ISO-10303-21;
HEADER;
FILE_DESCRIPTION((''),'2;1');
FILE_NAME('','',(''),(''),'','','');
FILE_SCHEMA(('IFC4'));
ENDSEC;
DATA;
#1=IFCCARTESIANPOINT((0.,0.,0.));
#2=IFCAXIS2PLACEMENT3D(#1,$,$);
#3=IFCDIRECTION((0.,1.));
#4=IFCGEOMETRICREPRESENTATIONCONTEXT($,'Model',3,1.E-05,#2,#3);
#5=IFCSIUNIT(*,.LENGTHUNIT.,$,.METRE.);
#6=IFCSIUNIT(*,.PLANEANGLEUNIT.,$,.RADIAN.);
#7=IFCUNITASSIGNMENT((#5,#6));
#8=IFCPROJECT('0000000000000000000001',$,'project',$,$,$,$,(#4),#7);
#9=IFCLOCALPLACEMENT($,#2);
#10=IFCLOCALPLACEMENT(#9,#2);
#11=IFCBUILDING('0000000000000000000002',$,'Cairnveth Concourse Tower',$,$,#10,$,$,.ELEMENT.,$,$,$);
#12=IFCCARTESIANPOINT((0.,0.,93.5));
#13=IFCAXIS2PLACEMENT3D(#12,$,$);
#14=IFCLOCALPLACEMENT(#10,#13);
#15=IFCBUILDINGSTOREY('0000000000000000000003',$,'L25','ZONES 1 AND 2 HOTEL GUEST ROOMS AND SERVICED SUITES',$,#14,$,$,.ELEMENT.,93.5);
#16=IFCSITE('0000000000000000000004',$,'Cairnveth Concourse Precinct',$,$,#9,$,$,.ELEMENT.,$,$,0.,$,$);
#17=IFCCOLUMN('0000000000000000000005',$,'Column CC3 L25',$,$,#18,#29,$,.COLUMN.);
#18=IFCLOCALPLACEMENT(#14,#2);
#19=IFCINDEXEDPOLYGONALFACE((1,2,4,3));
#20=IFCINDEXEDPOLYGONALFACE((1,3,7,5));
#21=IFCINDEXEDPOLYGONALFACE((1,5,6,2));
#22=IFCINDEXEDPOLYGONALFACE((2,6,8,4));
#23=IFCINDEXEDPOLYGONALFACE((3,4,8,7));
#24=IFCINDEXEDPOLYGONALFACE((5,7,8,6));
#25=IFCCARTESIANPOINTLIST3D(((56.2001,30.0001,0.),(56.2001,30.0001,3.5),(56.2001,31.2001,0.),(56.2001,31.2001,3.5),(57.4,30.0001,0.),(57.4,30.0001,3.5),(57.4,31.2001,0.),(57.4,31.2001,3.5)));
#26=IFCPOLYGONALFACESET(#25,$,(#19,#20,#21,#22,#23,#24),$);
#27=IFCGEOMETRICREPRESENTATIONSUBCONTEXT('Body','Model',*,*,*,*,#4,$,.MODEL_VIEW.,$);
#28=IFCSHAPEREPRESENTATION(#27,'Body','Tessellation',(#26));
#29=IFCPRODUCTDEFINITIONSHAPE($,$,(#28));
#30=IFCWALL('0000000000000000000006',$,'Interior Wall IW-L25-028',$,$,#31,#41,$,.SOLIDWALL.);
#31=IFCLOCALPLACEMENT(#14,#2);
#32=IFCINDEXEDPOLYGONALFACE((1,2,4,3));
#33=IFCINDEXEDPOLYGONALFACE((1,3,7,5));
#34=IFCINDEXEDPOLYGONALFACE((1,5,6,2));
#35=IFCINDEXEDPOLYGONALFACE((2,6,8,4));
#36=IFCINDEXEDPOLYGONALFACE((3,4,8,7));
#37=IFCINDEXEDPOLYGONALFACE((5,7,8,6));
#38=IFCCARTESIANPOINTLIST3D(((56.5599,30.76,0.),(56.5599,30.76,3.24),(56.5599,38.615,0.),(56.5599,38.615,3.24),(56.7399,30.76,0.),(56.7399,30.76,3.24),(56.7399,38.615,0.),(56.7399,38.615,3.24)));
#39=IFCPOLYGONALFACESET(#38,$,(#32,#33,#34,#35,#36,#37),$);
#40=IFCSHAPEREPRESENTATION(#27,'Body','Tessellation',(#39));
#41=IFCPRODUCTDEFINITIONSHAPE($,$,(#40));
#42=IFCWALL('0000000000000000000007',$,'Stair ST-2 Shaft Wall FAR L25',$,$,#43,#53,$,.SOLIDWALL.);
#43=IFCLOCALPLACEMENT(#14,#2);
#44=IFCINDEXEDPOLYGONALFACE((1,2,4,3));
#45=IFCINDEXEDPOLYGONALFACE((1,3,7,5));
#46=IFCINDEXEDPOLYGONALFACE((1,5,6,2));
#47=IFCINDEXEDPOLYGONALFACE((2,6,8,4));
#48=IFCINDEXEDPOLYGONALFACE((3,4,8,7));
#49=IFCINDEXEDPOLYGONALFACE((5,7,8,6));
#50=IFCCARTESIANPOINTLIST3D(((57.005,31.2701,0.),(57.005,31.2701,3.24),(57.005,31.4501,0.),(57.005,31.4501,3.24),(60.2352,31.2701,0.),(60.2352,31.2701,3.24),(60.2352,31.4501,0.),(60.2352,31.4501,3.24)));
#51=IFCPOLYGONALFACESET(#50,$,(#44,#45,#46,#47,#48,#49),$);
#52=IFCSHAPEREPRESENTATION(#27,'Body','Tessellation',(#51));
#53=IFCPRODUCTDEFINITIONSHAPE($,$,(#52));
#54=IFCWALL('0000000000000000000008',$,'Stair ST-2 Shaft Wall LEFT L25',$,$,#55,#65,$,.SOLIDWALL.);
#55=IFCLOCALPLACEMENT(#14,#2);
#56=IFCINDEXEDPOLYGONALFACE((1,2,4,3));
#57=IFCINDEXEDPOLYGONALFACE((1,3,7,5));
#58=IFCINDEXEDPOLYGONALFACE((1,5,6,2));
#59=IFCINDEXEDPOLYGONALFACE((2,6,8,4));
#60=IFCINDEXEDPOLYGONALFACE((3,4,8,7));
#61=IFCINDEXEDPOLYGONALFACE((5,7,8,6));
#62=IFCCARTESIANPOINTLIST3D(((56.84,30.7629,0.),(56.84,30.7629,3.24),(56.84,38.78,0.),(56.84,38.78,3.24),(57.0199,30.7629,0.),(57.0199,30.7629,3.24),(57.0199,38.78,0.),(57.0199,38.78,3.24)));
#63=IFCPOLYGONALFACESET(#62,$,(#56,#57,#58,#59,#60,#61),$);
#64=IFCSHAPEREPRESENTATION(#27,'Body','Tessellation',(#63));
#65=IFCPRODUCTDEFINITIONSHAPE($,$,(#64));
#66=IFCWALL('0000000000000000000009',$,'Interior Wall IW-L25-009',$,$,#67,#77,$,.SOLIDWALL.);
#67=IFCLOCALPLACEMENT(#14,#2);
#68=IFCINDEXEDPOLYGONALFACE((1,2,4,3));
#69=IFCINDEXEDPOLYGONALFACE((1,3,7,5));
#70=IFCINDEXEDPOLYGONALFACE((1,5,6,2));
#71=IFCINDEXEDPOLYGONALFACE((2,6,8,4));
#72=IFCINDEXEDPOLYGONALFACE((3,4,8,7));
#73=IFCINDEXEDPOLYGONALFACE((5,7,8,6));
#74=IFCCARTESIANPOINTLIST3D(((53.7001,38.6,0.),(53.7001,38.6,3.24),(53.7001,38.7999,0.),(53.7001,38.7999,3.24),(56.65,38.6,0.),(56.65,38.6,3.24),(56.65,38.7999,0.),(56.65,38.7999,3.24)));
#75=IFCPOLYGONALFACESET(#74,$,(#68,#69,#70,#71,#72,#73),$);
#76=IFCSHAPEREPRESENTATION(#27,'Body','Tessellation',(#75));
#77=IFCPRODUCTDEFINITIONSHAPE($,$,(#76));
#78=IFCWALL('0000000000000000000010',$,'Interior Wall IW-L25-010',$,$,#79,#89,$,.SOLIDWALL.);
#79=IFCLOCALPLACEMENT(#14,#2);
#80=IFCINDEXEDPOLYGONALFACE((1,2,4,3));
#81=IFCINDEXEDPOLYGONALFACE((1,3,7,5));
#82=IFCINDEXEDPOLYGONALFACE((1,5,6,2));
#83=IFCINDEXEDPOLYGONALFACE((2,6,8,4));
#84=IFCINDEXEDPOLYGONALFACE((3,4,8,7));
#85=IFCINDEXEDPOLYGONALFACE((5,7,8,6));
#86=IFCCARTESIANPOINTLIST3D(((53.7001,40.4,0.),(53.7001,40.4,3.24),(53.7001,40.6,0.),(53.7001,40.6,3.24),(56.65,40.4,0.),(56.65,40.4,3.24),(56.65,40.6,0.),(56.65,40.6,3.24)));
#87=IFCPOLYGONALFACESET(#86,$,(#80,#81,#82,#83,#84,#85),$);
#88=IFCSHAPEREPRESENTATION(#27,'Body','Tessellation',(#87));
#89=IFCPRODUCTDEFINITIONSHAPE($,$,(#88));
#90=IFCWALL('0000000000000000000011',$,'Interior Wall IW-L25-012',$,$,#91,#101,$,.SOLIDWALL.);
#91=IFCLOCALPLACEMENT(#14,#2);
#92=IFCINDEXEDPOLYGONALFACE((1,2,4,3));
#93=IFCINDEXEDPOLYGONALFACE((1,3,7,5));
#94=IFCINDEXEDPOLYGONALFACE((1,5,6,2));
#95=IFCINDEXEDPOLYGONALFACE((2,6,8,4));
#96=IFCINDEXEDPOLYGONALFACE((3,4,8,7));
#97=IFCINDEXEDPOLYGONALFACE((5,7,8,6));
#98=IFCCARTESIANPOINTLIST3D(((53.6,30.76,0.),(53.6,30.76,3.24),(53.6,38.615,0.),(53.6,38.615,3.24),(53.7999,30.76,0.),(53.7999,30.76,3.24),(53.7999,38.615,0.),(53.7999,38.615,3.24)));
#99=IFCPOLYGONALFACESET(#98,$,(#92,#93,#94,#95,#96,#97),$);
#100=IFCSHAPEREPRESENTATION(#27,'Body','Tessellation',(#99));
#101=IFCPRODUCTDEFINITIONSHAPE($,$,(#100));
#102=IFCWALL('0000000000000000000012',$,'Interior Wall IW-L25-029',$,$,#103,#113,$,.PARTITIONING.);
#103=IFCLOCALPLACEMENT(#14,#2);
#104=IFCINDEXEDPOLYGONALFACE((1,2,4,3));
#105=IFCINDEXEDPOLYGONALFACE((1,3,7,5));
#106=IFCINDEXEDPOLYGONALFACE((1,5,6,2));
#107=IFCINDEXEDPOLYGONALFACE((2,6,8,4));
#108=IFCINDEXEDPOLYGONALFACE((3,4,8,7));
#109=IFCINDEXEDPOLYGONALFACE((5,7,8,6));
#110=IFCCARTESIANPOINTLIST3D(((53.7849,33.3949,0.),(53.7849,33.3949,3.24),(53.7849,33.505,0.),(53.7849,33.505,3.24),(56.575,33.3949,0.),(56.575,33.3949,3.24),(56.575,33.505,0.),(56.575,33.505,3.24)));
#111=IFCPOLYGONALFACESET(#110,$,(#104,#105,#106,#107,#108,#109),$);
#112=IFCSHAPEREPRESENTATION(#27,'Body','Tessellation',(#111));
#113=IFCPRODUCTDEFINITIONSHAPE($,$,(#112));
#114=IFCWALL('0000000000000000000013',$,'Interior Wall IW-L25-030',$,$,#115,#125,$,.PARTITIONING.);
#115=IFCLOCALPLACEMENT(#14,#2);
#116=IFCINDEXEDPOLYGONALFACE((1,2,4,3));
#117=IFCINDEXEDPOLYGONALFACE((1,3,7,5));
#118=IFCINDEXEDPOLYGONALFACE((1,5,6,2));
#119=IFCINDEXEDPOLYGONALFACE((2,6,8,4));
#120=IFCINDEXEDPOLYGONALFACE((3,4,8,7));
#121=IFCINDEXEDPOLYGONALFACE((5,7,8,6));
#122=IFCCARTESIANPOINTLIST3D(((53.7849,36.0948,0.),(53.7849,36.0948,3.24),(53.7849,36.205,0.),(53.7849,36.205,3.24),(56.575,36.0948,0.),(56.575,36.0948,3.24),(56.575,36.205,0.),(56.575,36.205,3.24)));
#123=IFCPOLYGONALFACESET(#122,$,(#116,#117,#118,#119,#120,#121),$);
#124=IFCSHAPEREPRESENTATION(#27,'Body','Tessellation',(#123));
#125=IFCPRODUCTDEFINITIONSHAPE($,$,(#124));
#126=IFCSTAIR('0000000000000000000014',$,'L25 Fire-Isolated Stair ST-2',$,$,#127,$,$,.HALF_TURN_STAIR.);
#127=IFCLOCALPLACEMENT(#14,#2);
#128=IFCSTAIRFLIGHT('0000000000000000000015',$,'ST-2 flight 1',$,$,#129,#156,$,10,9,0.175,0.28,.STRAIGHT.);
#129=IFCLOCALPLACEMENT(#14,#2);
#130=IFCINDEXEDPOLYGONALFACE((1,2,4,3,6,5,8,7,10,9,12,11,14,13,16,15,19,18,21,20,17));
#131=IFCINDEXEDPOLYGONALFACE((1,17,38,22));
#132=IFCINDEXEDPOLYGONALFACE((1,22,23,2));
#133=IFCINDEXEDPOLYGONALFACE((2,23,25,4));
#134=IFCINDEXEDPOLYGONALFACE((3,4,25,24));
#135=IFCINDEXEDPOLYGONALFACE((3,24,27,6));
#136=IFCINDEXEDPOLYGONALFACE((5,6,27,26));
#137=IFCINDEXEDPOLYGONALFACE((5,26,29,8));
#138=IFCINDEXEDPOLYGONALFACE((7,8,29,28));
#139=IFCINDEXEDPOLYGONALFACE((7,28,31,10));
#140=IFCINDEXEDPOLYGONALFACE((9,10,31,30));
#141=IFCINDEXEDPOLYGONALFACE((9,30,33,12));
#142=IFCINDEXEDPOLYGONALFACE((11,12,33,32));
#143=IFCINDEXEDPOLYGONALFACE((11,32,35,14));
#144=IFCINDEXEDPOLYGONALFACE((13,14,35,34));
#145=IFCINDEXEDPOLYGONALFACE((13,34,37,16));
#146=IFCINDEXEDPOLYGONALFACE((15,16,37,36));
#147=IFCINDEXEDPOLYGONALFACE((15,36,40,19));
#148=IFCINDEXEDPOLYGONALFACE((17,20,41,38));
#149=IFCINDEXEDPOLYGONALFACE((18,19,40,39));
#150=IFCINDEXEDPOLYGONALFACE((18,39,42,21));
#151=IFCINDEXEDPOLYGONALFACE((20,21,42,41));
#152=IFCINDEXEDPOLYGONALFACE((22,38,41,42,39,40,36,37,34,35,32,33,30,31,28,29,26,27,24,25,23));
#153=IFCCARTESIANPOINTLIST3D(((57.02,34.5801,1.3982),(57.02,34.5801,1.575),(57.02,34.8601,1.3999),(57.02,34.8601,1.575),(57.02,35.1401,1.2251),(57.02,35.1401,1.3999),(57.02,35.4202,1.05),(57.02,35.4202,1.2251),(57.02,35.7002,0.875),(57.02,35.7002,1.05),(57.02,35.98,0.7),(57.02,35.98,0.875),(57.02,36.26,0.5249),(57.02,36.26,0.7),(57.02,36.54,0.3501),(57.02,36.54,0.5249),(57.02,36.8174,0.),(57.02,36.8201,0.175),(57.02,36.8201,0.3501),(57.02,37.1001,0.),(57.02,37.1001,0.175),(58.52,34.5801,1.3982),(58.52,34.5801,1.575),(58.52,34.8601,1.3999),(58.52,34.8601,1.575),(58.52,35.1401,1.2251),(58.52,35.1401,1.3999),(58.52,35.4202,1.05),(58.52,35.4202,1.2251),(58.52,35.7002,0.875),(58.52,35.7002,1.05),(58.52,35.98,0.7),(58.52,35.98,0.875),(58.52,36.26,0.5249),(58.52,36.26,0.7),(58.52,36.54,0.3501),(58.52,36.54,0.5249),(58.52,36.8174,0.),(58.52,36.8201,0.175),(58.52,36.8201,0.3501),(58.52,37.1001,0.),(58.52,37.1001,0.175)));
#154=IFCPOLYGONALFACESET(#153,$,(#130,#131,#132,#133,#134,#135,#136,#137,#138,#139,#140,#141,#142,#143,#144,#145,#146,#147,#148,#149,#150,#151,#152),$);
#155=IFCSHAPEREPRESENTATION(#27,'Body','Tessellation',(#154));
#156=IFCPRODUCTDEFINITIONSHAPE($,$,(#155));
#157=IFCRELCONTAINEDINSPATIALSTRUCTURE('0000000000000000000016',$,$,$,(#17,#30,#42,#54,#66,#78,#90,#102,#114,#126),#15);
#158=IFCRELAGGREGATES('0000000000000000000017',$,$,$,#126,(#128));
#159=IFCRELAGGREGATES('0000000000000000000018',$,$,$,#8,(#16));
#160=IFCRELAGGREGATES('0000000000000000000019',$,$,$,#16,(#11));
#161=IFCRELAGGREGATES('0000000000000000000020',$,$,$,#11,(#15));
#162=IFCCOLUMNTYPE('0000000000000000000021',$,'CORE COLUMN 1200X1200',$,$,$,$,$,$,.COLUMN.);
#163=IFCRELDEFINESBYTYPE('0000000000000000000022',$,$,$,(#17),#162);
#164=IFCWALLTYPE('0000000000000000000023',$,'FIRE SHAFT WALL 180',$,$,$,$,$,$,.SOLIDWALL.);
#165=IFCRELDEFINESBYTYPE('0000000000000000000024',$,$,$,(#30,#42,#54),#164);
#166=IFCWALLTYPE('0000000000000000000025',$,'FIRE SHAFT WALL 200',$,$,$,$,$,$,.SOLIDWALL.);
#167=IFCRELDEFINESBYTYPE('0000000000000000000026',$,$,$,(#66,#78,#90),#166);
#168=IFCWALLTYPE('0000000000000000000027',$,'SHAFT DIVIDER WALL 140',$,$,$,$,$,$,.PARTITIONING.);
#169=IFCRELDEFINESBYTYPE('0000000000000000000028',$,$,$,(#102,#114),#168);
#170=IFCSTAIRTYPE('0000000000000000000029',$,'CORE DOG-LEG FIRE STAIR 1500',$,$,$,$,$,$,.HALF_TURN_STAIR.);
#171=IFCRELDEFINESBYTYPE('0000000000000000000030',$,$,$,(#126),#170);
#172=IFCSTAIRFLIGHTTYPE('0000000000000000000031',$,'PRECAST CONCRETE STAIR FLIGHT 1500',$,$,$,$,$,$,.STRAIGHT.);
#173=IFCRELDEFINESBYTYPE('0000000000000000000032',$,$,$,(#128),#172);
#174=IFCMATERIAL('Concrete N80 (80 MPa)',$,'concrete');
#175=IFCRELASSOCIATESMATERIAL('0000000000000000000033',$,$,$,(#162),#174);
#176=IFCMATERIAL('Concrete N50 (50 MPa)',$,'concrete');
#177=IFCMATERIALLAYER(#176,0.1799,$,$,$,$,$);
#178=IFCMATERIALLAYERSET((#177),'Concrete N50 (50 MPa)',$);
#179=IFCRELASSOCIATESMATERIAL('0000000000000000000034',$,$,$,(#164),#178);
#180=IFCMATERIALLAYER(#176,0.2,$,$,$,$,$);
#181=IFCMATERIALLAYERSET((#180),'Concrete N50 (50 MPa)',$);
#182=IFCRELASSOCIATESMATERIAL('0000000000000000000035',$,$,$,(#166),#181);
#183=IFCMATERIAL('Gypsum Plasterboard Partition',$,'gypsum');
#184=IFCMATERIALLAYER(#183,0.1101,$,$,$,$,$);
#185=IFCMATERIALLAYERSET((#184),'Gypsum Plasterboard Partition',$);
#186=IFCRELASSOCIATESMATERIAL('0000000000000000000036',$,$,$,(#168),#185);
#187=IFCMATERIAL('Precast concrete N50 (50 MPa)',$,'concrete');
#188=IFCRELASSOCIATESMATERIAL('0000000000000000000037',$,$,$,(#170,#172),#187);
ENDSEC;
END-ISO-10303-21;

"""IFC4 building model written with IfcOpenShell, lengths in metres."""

from ifc_helpers import new_model, si_unit, direction, frame, frame_2d, origin, origin_2d, place, context, subcontext, project, spatial, polyline, rectangle, outline, extrude, material, layer, layer_set, material_profile, profile_set, type_object, element, aggregate, save


model = new_model("IFC4")

# Units and contexts
model_context = context("Model", 3, precision=1e-05, world=origin(), true_north=direction((0.0, 1.0)))
body_context = subcontext(model_context, "Body", "Model", "MODEL_VIEW")
ifc_project = project(units=[si_unit("LENGTHUNIT", "METRE"), si_unit("PLANEANGLEUNIT", "RADIAN")], contexts=[model_context])

# Site, building, storey
site_placement = place(None, origin())
site = spatial("IfcSite", under=ifc_project, at=site_placement, Name="Cairnveth Concourse Precinct", CompositionType="ELEMENT", RefElevation=0.0)
building_placement = place(site_placement, origin())
building = spatial("IfcBuilding", under=site, at=building_placement, Name="Cairnveth Concourse Tower", CompositionType="ELEMENT")
storey_placement = place(building_placement, frame((0.0, 0.0, 93.5)))
storey = spatial("IfcBuildingStorey", under=building, at=storey_placement, Name="L25", Description="ZONES 1 AND 2 HOTEL GUEST ROOMS AND SERVICED SUITES", CompositionType="ELEMENT", Elevation=93.5)

# Column
ifc_material_1 = material(Name="Concrete N80 (80 MPa)", Category="concrete")
ifc_material_profile = material_profile(ifc_material_1, rectangle(XDim=1.2, YDim=1.2, at=origin_2d()), Name="RC-COL-1200x1200")
ifc_profile_set = profile_set([ifc_material_profile], Name="Concrete N80 (80 MPa)")
column_type = type_object("IfcColumnType", Name="CORE COLUMN 1200X1200", PredefinedType="COLUMN", material=ifc_profile_set)
column_placement = place(storey_placement, frame((56.8, 30.6001, 0.0), z_axis=(0.0, 0.0, 1.0), x_axis=(1.0, 0.0, 0.0)))
element("IfcColumn", 1, at=column_placement, inside=storey, type_object=column_type, Name="Column CC3 L25", PredefinedType="COLUMN", context=body_context, shape_type="SweptSolid", body=[
    extrude(rectangle(XDim=1.2, YDim=1.2, at=origin_2d()), origin(), (0.0, 0.0, 1.0), 3.5),
])

# Wall
ifc_material_2 = material(Name="Concrete N50 (50 MPa)", Category="concrete")
ifc_layer_1 = layer(ifc_material_2, 0.1799)
ifc_layer_set_1 = layer_set([ifc_layer_1], Name="Concrete N50 (50 MPa)")
wall_type_1 = type_object("IfcWallType", Name="FIRE SHAFT WALL 180", PredefinedType="SOLIDWALL", material=ifc_layer_set_1)
wall_1_placement = place(storey_placement, frame((56.6499, 30.76, 0.0), z_axis=(0.0, 0.0, 1.0), x_axis=(0.0, 1.0, 0.0)))
element("IfcWall", 2, at=wall_1_placement, inside=storey, type_object=wall_type_1, Name="Interior Wall IW-L25-028", PredefinedType="SOLIDWALL", context=body_context, shape_type="SweptSolid", body=[
    extrude(rectangle(XDim=7.855, YDim=0.1799, at=frame_2d((3.9275, 0.0))), origin(), (0.0, 0.0, 1.0), 3.24),
])

# Walls
wall_2_placement = place(storey_placement, frame((57.0049, 31.3601, 0.0), z_axis=(0.0, 0.0, 1.0), x_axis=(1.0, 0.0, 0.0)))
element("IfcWall", 3, at=wall_2_placement, inside=storey, type_object=wall_type_1, Name="Stair ST-2 Shaft Wall FAR L25", PredefinedType="SOLIDWALL", context=body_context, shape_type="SweptSolid", body=[
    extrude(rectangle(XDim=3.2302, YDim=0.1799, at=frame_2d((1.6152, 0.0))), origin(), (0.0, 0.0, 1.0), 3.24),
])
wall_3_placement = place(storey_placement, frame((56.9299, 38.78, 0.0), z_axis=(0.0, 0.0, 1.0), x_axis=(0.0, -1.0, 0.0)))
element("IfcWall", 4, at=wall_3_placement, inside=storey, type_object=wall_type_1, Name="Stair ST-2 Shaft Wall LEFT L25", PredefinedType="SOLIDWALL", context=body_context, shape_type="SweptSolid", body=[
    extrude(rectangle(XDim=8.0171, YDim=0.1799, at=frame_2d((4.0085, 0.0))), origin(), (0.0, 0.0, 1.0), 3.24),
])
ifc_layer_2 = layer(ifc_material_2, 0.2)
ifc_layer_set_2 = layer_set([ifc_layer_2], Name="Concrete N50 (50 MPa)")
wall_type_2 = type_object("IfcWallType", Name="FIRE SHAFT WALL 200", PredefinedType="SOLIDWALL", material=ifc_layer_set_2)
for number, where, z_axis, x_axis, name in (
    (5, (53.7, 38.7, 0.0), (0.0, 0.0, 1.0), (1.0, 0.0, 0.0), "Interior Wall IW-L25-009"),
    (6, (53.7, 40.5, 0.0), (0.0, 0.0, 1.0), (1.0, 0.0, 0.0), "Interior Wall IW-L25-010"),
):
    element("IfcWall", number, at=place(storey_placement, frame(where, z_axis=z_axis, x_axis=x_axis)), inside=storey, type_object=wall_type_2, Name=name, PredefinedType="SOLIDWALL", context=body_context, shape_type="SweptSolid", body=[
        extrude(rectangle(XDim=2.95, YDim=0.2, at=frame_2d((1.4751, 0.0))), origin(), (0.0, 0.0, 1.0), 3.24),
    ])
wall_4_placement = place(storey_placement, frame((53.7, 30.76, 0.0), z_axis=(0.0, 0.0, 1.0), x_axis=(0.0, 1.0, 0.0)))
element("IfcWall", 7, at=wall_4_placement, inside=storey, type_object=wall_type_2, Name="Interior Wall IW-L25-012", PredefinedType="SOLIDWALL", context=body_context, shape_type="SweptSolid", body=[
    extrude(rectangle(XDim=7.855, YDim=0.2, at=frame_2d((3.9275, 0.0))), origin(), (0.0, 0.0, 1.0), 3.24),
])

# Walls
ifc_material_3 = material(Name="Gypsum Plasterboard Partition", Category="gypsum")
ifc_layer_3 = layer(ifc_material_3, 0.1101)
ifc_layer_set_3 = layer_set([ifc_layer_3], Name="Gypsum Plasterboard Partition")
wall_type_3 = type_object("IfcWallType", Name="SHAFT DIVIDER WALL 140", PredefinedType="PARTITIONING", material=ifc_layer_set_3)
for number, where, z_axis, x_axis, name in (
    (8, (53.7849, 33.45, 0.0), (0.0, 0.0, 1.0), (1.0, 0.0, 0.0), "Interior Wall IW-L25-029"),
    (9, (53.7849, 36.1499, 0.0), (0.0, 0.0, 1.0), (1.0, 0.0, 0.0), "Interior Wall IW-L25-030"),
):
    element("IfcWall", number, at=place(storey_placement, frame(where, z_axis=z_axis, x_axis=x_axis)), inside=storey, type_object=wall_type_3, Name=name, PredefinedType="PARTITIONING", context=body_context, shape_type="SweptSolid", body=[
        extrude(rectangle(XDim=2.79, YDim=0.1101, at=frame_2d((1.395, 0.0))), origin(), (0.0, 0.0, 1.0), 3.24),
    ])

# Stair, stair flight
ifc_material_4 = material(Name="Precast concrete N50 (50 MPa)", Category="concrete")
stair_type = type_object("IfcStairType", Name="CORE DOG-LEG FIRE STAIR 1500", PredefinedType="HALF_TURN_STAIR", material=ifc_material_4)
stair_placement = place(storey_placement, origin())
stair = element("IfcStair", 10, at=stair_placement, inside=storey, type_object=stair_type, Name="L25 Fire-Isolated Stair ST-2", PredefinedType="HALF_TURN_STAIR")
stair_flight_type = type_object("IfcStairFlightType", Name="PRECAST CONCRETE STAIR FLIGHT 1500", PredefinedType="STRAIGHT", material=ifc_material_4)
stair_flight_placement = place(storey_placement, frame((57.77, 37.1001, 0.0), z_axis=(0.0, 0.0, 1.0), x_axis=(0.0, -1.0, 0.0)))
stair_flight = element("IfcStairFlight", 11, at=stair_flight_placement, type_object=stair_flight_type, Name="ST-2 flight 1", NumberOfRisers=10, NumberOfTreads=9, PredefinedType="STRAIGHT", RiserHeight=0.175, TreadLength=0.28, context=body_context, shape_type="SweptSolid", body=[
    extrude(outline(polyline([(0.0, 0.0), (0.0, 0.175), (0.28, 0.175), (0.28, 0.3501), (0.5601, 0.3501), (0.5601, 0.5249), (0.8401, 0.5249), (0.8401, 0.7), (1.1201, 0.7), (1.1201, 0.875), (1.3999, 0.875), (1.3999, 1.05), (1.6799, 1.05), (1.6799, 1.2251), (1.96, 1.2251), (1.96, 1.3999), (2.24, 1.3999), (2.24, 1.575), (2.52, 1.575), (2.52, 1.75), (2.52, 1.3982), (0.2827, 0.0), (0.0, 0.0)])), frame((0.0, 0.75, 0.0), z_axis=(0.0, -1.0, 0.0), x_axis=(1.0, 0.0, 0.0)), (0.0, 0.0, 1.0), 1.5),
])
aggregate(stair, [stair_flight])

save(model, "model.ifc")
